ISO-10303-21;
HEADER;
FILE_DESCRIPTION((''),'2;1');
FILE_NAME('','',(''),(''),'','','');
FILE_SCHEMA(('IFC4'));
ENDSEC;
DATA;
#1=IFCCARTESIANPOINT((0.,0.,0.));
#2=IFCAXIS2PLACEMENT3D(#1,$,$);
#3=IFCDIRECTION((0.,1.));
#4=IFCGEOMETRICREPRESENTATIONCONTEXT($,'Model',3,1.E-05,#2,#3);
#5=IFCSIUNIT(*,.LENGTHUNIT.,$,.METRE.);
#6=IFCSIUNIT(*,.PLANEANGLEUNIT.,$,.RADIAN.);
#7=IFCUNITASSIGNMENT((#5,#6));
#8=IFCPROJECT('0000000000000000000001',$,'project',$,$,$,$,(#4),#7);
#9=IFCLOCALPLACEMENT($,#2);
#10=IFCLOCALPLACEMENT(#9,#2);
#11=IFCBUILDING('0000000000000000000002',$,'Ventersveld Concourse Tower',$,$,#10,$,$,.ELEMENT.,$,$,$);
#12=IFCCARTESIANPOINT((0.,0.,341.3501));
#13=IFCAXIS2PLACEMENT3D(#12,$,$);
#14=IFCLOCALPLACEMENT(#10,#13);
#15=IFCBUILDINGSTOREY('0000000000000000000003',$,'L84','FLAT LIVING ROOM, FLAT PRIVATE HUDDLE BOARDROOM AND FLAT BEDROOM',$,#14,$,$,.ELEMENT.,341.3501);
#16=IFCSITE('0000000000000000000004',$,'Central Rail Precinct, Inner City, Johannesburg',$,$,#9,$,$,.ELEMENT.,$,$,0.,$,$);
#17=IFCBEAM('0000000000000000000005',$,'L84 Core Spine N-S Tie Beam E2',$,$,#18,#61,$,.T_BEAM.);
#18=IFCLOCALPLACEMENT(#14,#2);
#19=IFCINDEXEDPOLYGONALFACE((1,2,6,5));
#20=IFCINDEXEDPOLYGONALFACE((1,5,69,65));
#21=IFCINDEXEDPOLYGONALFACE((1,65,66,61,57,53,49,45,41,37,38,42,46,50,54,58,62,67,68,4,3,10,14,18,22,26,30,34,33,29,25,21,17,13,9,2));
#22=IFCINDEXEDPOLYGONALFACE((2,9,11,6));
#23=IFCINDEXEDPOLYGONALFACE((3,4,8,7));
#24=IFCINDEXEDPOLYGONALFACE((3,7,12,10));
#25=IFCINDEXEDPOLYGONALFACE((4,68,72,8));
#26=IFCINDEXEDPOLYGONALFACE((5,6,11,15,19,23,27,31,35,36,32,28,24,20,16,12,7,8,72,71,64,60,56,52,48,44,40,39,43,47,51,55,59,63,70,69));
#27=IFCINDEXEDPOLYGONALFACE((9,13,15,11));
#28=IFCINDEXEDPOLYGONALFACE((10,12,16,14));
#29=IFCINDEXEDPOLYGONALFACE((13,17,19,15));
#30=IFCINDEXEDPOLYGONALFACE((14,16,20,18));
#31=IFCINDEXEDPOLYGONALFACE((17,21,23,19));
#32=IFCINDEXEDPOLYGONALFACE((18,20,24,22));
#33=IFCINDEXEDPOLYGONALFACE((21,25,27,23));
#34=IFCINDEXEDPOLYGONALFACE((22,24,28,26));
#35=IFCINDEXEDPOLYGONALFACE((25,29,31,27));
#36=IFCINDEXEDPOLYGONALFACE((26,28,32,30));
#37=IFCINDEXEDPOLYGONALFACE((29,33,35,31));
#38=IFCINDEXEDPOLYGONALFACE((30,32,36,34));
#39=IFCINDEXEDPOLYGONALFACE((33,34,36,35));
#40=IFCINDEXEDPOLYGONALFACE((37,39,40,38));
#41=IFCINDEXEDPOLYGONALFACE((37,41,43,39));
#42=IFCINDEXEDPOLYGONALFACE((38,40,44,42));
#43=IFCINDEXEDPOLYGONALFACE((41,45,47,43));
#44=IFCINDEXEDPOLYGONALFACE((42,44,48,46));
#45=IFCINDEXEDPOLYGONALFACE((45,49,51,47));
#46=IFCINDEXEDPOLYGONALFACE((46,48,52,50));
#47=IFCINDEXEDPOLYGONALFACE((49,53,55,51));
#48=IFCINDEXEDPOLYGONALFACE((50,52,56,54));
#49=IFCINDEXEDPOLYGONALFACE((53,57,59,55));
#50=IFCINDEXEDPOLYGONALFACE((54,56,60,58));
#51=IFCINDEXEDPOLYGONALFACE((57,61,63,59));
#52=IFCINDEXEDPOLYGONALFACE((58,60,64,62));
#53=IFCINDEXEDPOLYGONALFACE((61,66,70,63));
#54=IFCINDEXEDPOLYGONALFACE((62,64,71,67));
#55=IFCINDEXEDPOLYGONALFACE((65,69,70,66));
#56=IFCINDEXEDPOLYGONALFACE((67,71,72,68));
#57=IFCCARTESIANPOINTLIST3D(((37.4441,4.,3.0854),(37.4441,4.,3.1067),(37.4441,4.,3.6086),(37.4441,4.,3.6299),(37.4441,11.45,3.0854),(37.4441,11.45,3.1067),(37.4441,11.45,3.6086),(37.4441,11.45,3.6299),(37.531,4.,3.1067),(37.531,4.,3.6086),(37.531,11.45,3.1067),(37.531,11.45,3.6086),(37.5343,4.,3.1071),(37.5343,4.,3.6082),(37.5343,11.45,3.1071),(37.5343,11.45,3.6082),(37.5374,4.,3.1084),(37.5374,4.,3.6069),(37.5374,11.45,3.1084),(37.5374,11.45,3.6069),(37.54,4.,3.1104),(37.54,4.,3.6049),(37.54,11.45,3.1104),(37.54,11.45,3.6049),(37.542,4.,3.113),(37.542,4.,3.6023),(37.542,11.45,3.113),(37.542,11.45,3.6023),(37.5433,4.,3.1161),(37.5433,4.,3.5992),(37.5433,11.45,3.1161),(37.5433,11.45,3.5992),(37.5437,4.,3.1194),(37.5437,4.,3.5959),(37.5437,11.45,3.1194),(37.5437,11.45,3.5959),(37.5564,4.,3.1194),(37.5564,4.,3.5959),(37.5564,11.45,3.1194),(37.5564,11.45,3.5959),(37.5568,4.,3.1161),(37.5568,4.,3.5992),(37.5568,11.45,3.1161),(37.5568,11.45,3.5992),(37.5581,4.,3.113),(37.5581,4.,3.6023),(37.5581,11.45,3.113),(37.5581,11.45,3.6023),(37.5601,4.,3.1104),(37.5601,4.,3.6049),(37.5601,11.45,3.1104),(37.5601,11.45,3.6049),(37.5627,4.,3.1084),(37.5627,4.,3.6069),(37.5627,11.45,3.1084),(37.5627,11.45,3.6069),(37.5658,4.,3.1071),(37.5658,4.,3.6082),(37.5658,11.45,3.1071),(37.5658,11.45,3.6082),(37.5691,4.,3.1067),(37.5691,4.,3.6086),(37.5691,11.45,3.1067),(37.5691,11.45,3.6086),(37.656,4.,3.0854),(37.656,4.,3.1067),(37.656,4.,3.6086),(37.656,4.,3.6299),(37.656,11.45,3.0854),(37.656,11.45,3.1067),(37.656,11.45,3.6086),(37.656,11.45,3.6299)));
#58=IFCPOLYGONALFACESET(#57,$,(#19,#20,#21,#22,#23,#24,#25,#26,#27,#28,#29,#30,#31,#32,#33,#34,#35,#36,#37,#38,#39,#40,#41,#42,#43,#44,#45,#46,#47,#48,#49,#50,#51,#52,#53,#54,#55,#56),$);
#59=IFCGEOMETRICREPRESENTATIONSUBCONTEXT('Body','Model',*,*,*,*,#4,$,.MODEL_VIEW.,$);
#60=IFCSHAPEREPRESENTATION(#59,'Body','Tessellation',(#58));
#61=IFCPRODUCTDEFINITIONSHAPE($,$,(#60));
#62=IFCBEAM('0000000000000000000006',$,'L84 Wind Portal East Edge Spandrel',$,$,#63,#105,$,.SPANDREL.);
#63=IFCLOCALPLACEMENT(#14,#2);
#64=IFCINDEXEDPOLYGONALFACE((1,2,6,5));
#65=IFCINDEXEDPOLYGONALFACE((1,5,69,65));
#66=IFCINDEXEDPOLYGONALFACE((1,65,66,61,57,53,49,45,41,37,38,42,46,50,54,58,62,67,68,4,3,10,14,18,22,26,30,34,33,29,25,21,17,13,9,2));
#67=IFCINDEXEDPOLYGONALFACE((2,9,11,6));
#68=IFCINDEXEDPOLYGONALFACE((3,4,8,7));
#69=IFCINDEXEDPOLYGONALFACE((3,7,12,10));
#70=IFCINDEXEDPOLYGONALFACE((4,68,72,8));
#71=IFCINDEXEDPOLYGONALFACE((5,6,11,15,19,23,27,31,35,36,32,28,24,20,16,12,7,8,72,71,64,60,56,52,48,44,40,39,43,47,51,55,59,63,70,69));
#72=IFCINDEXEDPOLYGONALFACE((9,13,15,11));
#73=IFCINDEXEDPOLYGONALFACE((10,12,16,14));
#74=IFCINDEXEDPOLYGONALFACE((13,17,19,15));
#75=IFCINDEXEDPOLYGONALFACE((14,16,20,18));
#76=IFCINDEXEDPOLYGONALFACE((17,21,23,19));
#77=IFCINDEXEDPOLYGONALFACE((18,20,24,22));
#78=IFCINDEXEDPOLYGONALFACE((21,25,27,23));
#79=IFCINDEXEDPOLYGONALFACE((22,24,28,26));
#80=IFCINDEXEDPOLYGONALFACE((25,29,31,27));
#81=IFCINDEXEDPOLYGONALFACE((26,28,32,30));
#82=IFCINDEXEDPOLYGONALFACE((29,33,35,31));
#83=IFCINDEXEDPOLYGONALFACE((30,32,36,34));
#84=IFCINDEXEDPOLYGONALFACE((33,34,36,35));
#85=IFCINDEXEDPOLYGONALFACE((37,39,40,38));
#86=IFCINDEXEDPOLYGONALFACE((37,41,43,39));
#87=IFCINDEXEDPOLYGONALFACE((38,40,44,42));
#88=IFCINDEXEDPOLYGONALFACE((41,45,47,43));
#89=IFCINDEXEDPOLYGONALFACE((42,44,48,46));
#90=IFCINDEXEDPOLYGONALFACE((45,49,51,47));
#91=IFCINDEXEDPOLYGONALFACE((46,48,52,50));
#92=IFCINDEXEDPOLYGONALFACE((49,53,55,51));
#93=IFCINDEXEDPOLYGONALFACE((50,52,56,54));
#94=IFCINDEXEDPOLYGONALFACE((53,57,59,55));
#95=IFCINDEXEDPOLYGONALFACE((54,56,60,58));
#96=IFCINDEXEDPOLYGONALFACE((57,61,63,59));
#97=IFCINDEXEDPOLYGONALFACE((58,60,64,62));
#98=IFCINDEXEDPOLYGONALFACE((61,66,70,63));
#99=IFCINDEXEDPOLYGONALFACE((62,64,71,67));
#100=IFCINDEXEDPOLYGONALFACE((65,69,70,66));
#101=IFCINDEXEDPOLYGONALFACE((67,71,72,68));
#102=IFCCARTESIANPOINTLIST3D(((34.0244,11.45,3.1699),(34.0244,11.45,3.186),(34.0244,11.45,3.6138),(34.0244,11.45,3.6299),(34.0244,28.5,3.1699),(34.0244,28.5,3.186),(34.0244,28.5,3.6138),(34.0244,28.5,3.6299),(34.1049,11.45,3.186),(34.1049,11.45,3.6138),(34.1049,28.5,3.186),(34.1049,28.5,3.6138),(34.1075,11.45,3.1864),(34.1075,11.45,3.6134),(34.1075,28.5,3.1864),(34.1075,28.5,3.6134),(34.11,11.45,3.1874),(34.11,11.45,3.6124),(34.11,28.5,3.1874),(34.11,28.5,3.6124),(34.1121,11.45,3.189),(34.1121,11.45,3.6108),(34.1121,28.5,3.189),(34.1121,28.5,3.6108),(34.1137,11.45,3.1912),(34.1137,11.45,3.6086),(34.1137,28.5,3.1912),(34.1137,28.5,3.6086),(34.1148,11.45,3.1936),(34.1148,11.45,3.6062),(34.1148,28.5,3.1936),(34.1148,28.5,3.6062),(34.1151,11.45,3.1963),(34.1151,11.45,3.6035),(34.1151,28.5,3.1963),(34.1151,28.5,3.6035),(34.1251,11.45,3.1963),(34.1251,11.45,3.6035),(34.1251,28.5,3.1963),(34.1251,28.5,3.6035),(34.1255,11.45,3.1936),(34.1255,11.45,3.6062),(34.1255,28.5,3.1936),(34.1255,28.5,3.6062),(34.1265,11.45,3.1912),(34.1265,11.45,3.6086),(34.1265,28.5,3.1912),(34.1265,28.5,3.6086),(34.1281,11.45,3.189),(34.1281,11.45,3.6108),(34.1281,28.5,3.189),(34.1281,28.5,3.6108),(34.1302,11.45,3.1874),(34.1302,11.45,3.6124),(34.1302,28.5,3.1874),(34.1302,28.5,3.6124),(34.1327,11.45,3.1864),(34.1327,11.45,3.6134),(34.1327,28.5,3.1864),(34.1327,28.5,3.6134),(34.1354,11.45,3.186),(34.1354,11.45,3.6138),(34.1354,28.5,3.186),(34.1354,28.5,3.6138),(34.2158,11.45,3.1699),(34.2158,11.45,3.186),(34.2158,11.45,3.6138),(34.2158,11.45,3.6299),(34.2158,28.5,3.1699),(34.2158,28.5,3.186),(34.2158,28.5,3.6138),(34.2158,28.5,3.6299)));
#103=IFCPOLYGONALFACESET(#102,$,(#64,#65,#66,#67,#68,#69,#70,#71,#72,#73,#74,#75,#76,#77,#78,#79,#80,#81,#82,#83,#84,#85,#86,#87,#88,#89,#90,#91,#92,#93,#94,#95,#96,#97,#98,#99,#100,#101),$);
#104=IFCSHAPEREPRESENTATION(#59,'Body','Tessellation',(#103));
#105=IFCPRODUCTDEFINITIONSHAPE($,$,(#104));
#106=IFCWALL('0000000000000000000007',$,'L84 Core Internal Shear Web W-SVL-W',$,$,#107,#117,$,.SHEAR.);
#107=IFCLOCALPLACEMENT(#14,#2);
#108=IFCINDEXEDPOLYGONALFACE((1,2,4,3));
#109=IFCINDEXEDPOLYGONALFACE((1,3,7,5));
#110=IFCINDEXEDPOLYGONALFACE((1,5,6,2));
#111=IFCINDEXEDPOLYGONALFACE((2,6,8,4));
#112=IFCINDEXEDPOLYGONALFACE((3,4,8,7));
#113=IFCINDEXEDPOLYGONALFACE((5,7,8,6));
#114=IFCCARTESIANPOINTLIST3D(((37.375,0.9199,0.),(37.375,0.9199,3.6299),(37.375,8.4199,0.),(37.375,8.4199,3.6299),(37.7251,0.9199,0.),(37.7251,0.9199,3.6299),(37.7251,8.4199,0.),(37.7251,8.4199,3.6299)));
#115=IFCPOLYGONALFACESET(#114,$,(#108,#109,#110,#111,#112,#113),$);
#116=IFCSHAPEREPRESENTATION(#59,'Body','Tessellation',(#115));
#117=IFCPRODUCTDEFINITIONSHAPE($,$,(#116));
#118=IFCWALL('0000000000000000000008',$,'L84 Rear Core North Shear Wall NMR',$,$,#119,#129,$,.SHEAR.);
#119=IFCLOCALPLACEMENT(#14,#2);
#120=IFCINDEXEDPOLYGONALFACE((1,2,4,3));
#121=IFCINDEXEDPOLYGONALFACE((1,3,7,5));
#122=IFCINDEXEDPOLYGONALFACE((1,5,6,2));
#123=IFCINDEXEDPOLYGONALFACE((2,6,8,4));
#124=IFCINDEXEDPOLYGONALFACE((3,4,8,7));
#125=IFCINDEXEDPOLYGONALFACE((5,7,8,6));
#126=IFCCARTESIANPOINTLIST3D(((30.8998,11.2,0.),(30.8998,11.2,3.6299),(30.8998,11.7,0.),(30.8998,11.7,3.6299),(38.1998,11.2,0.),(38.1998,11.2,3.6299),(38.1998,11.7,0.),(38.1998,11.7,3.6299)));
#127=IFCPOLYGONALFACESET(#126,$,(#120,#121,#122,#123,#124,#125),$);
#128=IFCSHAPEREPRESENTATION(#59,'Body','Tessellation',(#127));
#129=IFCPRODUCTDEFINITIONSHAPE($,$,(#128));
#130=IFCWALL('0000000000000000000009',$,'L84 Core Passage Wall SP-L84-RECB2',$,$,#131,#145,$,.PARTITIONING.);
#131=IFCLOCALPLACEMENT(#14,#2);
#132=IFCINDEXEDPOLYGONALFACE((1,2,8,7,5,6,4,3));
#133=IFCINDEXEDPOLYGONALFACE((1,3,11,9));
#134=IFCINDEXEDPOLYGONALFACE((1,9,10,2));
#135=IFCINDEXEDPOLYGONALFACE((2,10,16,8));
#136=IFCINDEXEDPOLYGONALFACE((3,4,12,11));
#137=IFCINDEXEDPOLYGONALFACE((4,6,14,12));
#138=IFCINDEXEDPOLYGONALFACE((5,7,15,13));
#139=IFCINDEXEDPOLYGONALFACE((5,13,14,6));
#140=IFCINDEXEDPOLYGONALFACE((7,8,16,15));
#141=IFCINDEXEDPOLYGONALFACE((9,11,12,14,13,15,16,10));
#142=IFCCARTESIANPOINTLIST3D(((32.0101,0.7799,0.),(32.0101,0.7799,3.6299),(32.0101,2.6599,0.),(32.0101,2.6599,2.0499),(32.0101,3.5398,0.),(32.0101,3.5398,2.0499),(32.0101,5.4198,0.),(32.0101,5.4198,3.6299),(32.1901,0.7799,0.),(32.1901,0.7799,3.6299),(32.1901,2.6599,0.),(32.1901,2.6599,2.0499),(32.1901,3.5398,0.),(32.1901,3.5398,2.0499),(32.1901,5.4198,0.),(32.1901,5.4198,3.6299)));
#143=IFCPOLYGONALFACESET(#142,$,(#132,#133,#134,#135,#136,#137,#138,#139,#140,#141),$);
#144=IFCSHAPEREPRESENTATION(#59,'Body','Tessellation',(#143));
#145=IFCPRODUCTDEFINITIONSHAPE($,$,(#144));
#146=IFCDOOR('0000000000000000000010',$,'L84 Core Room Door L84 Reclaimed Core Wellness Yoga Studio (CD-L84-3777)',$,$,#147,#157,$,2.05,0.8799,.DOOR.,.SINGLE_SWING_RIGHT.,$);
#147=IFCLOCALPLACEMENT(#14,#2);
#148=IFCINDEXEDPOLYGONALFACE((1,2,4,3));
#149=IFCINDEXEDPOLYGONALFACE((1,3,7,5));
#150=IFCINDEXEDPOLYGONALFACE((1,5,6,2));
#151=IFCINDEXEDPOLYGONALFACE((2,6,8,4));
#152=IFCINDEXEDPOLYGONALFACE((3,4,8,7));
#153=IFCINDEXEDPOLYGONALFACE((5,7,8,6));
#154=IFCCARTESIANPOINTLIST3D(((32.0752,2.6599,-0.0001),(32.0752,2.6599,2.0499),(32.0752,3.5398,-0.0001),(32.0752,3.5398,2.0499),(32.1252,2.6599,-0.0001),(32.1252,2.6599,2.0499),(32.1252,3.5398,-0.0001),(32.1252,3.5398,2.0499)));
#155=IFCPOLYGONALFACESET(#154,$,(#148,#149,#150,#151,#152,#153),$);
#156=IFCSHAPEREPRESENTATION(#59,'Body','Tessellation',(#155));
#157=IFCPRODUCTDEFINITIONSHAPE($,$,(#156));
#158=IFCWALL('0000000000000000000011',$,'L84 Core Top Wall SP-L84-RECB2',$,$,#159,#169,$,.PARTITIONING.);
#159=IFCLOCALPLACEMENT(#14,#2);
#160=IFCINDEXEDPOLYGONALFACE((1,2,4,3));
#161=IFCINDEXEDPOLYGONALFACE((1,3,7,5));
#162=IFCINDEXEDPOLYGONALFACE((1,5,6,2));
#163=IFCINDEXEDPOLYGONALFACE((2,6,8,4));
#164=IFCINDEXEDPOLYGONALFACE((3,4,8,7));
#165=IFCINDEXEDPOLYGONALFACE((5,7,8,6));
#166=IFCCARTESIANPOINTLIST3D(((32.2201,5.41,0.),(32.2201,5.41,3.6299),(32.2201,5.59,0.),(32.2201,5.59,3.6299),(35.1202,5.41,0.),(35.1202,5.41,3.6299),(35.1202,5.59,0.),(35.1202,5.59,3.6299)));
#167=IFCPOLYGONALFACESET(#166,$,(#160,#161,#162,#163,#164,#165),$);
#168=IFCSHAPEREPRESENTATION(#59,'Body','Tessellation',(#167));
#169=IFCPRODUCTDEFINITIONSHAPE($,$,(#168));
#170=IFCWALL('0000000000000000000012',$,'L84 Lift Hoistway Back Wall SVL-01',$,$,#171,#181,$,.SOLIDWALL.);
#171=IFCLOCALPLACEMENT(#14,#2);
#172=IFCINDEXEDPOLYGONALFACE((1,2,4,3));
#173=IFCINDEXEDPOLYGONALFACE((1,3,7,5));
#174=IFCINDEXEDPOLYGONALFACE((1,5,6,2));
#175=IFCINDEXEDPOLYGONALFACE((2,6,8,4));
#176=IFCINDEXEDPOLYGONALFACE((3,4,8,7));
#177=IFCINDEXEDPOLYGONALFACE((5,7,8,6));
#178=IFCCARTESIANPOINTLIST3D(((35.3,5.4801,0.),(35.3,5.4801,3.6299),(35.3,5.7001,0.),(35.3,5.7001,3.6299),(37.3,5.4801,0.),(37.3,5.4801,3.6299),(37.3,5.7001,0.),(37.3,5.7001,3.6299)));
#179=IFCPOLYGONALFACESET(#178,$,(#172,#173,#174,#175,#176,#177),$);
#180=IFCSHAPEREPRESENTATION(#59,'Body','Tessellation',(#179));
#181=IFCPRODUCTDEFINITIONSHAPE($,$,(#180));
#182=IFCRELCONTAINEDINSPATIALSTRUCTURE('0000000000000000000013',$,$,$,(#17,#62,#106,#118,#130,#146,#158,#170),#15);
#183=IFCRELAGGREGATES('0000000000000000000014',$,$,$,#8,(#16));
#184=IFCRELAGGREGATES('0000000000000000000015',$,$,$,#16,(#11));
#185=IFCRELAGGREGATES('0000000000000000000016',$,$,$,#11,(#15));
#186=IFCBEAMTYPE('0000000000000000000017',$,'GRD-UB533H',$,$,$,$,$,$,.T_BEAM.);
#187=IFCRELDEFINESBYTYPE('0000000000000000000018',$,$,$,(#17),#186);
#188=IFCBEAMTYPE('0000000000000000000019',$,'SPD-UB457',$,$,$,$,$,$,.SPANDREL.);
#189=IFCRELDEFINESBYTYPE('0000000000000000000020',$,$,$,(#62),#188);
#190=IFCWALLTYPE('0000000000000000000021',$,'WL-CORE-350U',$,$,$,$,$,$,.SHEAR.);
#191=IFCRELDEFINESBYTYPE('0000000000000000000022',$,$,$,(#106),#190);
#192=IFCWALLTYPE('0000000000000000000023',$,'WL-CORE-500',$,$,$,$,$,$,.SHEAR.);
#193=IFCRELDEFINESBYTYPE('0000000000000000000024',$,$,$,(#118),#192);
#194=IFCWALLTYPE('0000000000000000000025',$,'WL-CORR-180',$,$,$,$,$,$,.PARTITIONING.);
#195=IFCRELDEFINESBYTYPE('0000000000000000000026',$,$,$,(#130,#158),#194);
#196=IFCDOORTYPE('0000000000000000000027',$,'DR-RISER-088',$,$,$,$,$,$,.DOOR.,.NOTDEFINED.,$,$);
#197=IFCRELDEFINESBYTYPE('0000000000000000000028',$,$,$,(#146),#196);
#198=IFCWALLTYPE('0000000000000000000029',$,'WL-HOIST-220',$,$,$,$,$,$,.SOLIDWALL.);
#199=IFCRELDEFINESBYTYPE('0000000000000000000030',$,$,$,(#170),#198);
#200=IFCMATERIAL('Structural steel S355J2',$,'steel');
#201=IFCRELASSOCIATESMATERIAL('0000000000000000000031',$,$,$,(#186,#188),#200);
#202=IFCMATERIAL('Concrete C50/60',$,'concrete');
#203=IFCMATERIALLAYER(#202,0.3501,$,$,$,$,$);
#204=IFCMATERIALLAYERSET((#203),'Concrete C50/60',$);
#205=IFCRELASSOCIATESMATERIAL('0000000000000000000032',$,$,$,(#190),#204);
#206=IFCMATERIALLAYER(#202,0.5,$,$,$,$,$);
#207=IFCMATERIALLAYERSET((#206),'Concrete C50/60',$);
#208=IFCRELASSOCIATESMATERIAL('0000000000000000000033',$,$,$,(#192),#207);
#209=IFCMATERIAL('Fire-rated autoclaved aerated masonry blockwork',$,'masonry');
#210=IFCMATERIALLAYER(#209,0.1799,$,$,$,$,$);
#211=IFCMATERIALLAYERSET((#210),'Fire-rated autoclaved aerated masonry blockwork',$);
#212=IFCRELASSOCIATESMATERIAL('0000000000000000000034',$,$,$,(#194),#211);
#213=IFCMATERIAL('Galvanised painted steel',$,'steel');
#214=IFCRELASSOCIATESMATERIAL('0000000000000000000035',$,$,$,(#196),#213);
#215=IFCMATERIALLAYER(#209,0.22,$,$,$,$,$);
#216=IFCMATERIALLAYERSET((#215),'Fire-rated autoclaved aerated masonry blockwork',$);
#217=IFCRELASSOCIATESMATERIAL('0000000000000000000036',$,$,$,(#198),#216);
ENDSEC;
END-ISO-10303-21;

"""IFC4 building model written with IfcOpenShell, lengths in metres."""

from ifc_helpers import new_model, si_unit, direction, frame, frame_2d, origin, origin_2d, place, context, subcontext, project, spatial, rectangle, i_section, extrude, material, layer, layer_set, material_profile, profile_set, type_object, element, fill, save


model = new_model("IFC4")

# Units and contexts
model_context = context("Model", 3, precision=1e-05, world=origin(), true_north=direction((0.0, 1.0)))
body_context = subcontext(model_context, "Body", "Model", "MODEL_VIEW")
ifc_project = project(units=[si_unit("LENGTHUNIT", "METRE"), si_unit("PLANEANGLEUNIT", "RADIAN")], contexts=[model_context])

# Site, building, storey
site_placement = place(None, origin())
site = spatial("IfcSite", under=ifc_project, at=site_placement, Name="Central Rail Precinct, Inner City, Johannesburg", CompositionType="ELEMENT", RefElevation=0.0)
building_placement = place(site_placement, origin())
building = spatial("IfcBuilding", under=site, at=building_placement, Name="Ventersveld Concourse Tower", CompositionType="ELEMENT")
storey_placement = place(building_placement, frame((0.0, 0.0, 341.3501)))
storey = spatial("IfcBuildingStorey", under=building, at=storey_placement, Name="L84", Description="FLAT LIVING ROOM, FLAT PRIVATE HUDDLE BOARDROOM AND FLAT BEDROOM", CompositionType="ELEMENT", Elevation=341.3501)

# Shared definitions
ifc_material_1 = material(Name="Concrete C50/60", Category="concrete")

# Beams
ifc_material_2 = material(Name="Structural steel S355J2", Category="steel")
ifc_material_profile_1 = material_profile(ifc_material_2, i_section(OverallWidth=0.2119, OverallDepth=0.5444, WebThickness=0.0127, FlangeThickness=0.0212, FilletRadius=0.0127, at=origin_2d()), Name="UB 533x210x122")
ifc_profile_set_1 = profile_set([ifc_material_profile_1], Name="Structural steel S355J2")
beam_type_1 = type_object("IfcBeamType", Name="GRD-UB533H", PredefinedType="T_BEAM", material=ifc_profile_set_1)
beam_1_placement = place(storey_placement, frame((37.55, 4.0, 3.3577), z_axis=(0.0, 1.0, 0.0), x_axis=(-1.0, 0.0, 0.0)))
element("IfcBeam", 1, at=beam_1_placement, inside=storey, type_object=beam_type_1, Name="L84 Core Spine N-S Tie Beam E2", PredefinedType="T_BEAM", context=body_context, shape_type="SweptSolid", body=[
    extrude(i_section(OverallWidth=0.2119, OverallDepth=0.5444, WebThickness=0.0127, FlangeThickness=0.0212, FilletRadius=0.0127, at=origin_2d()), origin(), (0.0, 0.0, 1.0), 7.45),
])
ifc_material_profile_2 = material_profile(ifc_material_2, i_section(OverallWidth=0.1914, OverallDepth=0.46, WebThickness=0.01, FlangeThickness=0.0161, FilletRadius=0.0103, at=origin_2d()), Name="UB 457x191x82")
ifc_profile_set_2 = profile_set([ifc_material_profile_2], Name="Structural steel S355J2")
beam_type_2 = type_object("IfcBeamType", Name="SPD-UB457", PredefinedType="SPANDREL", material=ifc_profile_set_2)
beam_2_placement = place(storey_placement, frame((34.1201, 11.45, 3.3999), z_axis=(0.0, 1.0, 0.0), x_axis=(-1.0, 0.0, 0.0)))
element("IfcBeam", 2, at=beam_2_placement, inside=storey, type_object=beam_type_2, Name="L84 Wind Portal East Edge Spandrel", PredefinedType="SPANDREL", context=body_context, shape_type="SweptSolid", body=[
    extrude(i_section(OverallWidth=0.1914, OverallDepth=0.46, WebThickness=0.01, FlangeThickness=0.0161, FilletRadius=0.0103, at=origin_2d()), origin(), (0.0, 0.0, 1.0), 17.05),
])

# Walls
ifc_layer_1 = layer(ifc_material_1, 0.3501)
ifc_layer_set_1 = layer_set([ifc_layer_1], Name="Concrete C50/60")
wall_type_1 = type_object("IfcWallType", Name="WL-CORE-350U", PredefinedType="SHEAR", material=ifc_layer_set_1)
wall_1_placement = place(storey_placement, frame((37.55, 0.9199, 0.0), z_axis=(0.0, 0.0, 1.0), x_axis=(0.0, 1.0, 0.0)))
element("IfcWall", 3, at=wall_1_placement, inside=storey, type_object=wall_type_1, Name="L84 Core Internal Shear Web W-SVL-W", PredefinedType="SHEAR", context=body_context, shape_type="SweptSolid", body=[
    extrude(rectangle(XDim=7.5, YDim=0.3501, at=frame_2d((3.75, 0.0))), origin(), (0.0, 0.0, 1.0), 3.6299),
])
ifc_layer_2 = layer(ifc_material_1, 0.5)
ifc_layer_set_2 = layer_set([ifc_layer_2], Name="Concrete C50/60")
wall_type_2 = type_object("IfcWallType", Name="WL-CORE-500", PredefinedType="SHEAR", material=ifc_layer_set_2)
wall_2_placement = place(storey_placement, frame((30.8999, 11.45, 0.0), z_axis=(0.0, 0.0, 1.0), x_axis=(1.0, 0.0, 0.0)))
element("IfcWall", 4, at=wall_2_placement, inside=storey, type_object=wall_type_2, Name="L84 Rear Core North Shear Wall NMR", PredefinedType="SHEAR", context=body_context, shape_type="SweptSolid", body=[
    extrude(rectangle(XDim=7.3, YDim=0.5, at=frame_2d((3.6499, 0.0))), origin(), (0.0, 0.0, 1.0), 3.6299),
])

# Wall, opening, door
ifc_material_3 = material(Name="Fire-rated autoclaved aerated masonry blockwork", Category="masonry")
ifc_layer_3 = layer(ifc_material_3, 0.1799)
ifc_layer_set_3 = layer_set([ifc_layer_3], Name="Fire-rated autoclaved aerated masonry blockwork")
wall_type_3 = type_object("IfcWallType", Name="WL-CORR-180", PredefinedType="PARTITIONING", material=ifc_layer_set_3)
wall_3_placement = place(storey_placement, frame((32.1001, 0.78, 0.0), z_axis=(0.0, 0.0, 1.0), x_axis=(0.0, 1.0, 0.0)))
wall_3 = element("IfcWall", 5, at=wall_3_placement, inside=storey, type_object=wall_type_3, Name="L84 Core Passage Wall SP-L84-RECB2", PredefinedType="PARTITIONING", context=body_context, shape_type="SweptSolid", body=[
    extrude(rectangle(XDim=4.6399, YDim=0.1799, at=frame_2d((2.3198, 0.0))), origin(), (0.0, 0.0, 1.0), 3.6299),
])
opening_1_placement = place(wall_3_placement, frame((1.8799, 0.0, 0.0)))
opening_1 = element("IfcOpeningElement", 6, at=opening_1_placement, cuts=wall_3, PredefinedType="OPENING", context=body_context, shape_type="SweptSolid", body=[
    extrude(rectangle(XDim=0.8799, YDim=2.05, at=frame_2d((0.4399, 1.0249))), frame((0.0, 0.1001, 0.0), z_axis=(0.0, -1.0, 0.0), x_axis=(1.0, 0.0, 0.0)), (0.0, 0.0, 1.0), 0.2),
])
ifc_material_4 = material(Name="Galvanised painted steel", Category="steel")
door_type_1 = type_object("IfcDoorType", Name="DR-RISER-088", OperationType="NOTDEFINED", PredefinedType="DOOR", material=ifc_material_4)
door_1_placement = place(opening_1_placement, origin())
door_1 = element("IfcDoor", 7, at=door_1_placement, inside=storey, type_object=door_type_1, Name="L84 Core Room Door L84 Reclaimed Core Wellness Yoga Studio (CD-L84-3777)", OperationType="SINGLE_SWING_RIGHT", OverallHeight=2.05, OverallWidth=0.8799, PredefinedType="DOOR", context=body_context, shape_type="SweptSolid", body=[
    extrude(rectangle(XDim=0.8799, YDim=2.05, at=frame_2d((0.4399, 1.0249))), frame((0.0, 0.0249, 0.0), z_axis=(0.0, -1.0, 0.0), x_axis=(1.0, 0.0, 0.0)), (0.0, 0.0, 1.0), 0.05),
])
fill(opening_1, door_1)

# Walls
wall_4_placement = place(storey_placement, frame((32.22, 5.5, 0.0), z_axis=(0.0, 0.0, 1.0), x_axis=(1.0, 0.0, 0.0)))
element("IfcWall", 8, at=wall_4_placement, inside=storey, type_object=wall_type_3, Name="L84 Core Top Wall SP-L84-RECB2", PredefinedType="PARTITIONING", context=body_context, shape_type="SweptSolid", body=[
    extrude(rectangle(XDim=2.9001, YDim=0.1799, at=frame_2d((1.4502, 0.0))), origin(), (0.0, 0.0, 1.0), 3.6299),
])
ifc_layer_4 = layer(ifc_material_3, 0.22)
ifc_layer_set_4 = layer_set([ifc_layer_4], Name="Fire-rated autoclaved aerated masonry blockwork")
wall_type_4 = type_object("IfcWallType", Name="WL-HOIST-220", PredefinedType="SOLIDWALL", material=ifc_layer_set_4)
wall_5_placement = place(storey_placement, frame((35.3, 5.5901, 0.0), z_axis=(0.0, 0.0, 1.0), x_axis=(1.0, 0.0, 0.0)))
element("IfcWall", 9, at=wall_5_placement, inside=storey, type_object=wall_type_4, Name="L84 Lift Hoistway Back Wall SVL-01", PredefinedType="SOLIDWALL", context=body_context, shape_type="SweptSolid", body=[
    extrude(rectangle(XDim=2.0, YDim=0.22, at=frame_2d((1.0, 0.0))), origin(), (0.0, 0.0, 1.0), 3.6299),
])

save(model, "model.ifc")
